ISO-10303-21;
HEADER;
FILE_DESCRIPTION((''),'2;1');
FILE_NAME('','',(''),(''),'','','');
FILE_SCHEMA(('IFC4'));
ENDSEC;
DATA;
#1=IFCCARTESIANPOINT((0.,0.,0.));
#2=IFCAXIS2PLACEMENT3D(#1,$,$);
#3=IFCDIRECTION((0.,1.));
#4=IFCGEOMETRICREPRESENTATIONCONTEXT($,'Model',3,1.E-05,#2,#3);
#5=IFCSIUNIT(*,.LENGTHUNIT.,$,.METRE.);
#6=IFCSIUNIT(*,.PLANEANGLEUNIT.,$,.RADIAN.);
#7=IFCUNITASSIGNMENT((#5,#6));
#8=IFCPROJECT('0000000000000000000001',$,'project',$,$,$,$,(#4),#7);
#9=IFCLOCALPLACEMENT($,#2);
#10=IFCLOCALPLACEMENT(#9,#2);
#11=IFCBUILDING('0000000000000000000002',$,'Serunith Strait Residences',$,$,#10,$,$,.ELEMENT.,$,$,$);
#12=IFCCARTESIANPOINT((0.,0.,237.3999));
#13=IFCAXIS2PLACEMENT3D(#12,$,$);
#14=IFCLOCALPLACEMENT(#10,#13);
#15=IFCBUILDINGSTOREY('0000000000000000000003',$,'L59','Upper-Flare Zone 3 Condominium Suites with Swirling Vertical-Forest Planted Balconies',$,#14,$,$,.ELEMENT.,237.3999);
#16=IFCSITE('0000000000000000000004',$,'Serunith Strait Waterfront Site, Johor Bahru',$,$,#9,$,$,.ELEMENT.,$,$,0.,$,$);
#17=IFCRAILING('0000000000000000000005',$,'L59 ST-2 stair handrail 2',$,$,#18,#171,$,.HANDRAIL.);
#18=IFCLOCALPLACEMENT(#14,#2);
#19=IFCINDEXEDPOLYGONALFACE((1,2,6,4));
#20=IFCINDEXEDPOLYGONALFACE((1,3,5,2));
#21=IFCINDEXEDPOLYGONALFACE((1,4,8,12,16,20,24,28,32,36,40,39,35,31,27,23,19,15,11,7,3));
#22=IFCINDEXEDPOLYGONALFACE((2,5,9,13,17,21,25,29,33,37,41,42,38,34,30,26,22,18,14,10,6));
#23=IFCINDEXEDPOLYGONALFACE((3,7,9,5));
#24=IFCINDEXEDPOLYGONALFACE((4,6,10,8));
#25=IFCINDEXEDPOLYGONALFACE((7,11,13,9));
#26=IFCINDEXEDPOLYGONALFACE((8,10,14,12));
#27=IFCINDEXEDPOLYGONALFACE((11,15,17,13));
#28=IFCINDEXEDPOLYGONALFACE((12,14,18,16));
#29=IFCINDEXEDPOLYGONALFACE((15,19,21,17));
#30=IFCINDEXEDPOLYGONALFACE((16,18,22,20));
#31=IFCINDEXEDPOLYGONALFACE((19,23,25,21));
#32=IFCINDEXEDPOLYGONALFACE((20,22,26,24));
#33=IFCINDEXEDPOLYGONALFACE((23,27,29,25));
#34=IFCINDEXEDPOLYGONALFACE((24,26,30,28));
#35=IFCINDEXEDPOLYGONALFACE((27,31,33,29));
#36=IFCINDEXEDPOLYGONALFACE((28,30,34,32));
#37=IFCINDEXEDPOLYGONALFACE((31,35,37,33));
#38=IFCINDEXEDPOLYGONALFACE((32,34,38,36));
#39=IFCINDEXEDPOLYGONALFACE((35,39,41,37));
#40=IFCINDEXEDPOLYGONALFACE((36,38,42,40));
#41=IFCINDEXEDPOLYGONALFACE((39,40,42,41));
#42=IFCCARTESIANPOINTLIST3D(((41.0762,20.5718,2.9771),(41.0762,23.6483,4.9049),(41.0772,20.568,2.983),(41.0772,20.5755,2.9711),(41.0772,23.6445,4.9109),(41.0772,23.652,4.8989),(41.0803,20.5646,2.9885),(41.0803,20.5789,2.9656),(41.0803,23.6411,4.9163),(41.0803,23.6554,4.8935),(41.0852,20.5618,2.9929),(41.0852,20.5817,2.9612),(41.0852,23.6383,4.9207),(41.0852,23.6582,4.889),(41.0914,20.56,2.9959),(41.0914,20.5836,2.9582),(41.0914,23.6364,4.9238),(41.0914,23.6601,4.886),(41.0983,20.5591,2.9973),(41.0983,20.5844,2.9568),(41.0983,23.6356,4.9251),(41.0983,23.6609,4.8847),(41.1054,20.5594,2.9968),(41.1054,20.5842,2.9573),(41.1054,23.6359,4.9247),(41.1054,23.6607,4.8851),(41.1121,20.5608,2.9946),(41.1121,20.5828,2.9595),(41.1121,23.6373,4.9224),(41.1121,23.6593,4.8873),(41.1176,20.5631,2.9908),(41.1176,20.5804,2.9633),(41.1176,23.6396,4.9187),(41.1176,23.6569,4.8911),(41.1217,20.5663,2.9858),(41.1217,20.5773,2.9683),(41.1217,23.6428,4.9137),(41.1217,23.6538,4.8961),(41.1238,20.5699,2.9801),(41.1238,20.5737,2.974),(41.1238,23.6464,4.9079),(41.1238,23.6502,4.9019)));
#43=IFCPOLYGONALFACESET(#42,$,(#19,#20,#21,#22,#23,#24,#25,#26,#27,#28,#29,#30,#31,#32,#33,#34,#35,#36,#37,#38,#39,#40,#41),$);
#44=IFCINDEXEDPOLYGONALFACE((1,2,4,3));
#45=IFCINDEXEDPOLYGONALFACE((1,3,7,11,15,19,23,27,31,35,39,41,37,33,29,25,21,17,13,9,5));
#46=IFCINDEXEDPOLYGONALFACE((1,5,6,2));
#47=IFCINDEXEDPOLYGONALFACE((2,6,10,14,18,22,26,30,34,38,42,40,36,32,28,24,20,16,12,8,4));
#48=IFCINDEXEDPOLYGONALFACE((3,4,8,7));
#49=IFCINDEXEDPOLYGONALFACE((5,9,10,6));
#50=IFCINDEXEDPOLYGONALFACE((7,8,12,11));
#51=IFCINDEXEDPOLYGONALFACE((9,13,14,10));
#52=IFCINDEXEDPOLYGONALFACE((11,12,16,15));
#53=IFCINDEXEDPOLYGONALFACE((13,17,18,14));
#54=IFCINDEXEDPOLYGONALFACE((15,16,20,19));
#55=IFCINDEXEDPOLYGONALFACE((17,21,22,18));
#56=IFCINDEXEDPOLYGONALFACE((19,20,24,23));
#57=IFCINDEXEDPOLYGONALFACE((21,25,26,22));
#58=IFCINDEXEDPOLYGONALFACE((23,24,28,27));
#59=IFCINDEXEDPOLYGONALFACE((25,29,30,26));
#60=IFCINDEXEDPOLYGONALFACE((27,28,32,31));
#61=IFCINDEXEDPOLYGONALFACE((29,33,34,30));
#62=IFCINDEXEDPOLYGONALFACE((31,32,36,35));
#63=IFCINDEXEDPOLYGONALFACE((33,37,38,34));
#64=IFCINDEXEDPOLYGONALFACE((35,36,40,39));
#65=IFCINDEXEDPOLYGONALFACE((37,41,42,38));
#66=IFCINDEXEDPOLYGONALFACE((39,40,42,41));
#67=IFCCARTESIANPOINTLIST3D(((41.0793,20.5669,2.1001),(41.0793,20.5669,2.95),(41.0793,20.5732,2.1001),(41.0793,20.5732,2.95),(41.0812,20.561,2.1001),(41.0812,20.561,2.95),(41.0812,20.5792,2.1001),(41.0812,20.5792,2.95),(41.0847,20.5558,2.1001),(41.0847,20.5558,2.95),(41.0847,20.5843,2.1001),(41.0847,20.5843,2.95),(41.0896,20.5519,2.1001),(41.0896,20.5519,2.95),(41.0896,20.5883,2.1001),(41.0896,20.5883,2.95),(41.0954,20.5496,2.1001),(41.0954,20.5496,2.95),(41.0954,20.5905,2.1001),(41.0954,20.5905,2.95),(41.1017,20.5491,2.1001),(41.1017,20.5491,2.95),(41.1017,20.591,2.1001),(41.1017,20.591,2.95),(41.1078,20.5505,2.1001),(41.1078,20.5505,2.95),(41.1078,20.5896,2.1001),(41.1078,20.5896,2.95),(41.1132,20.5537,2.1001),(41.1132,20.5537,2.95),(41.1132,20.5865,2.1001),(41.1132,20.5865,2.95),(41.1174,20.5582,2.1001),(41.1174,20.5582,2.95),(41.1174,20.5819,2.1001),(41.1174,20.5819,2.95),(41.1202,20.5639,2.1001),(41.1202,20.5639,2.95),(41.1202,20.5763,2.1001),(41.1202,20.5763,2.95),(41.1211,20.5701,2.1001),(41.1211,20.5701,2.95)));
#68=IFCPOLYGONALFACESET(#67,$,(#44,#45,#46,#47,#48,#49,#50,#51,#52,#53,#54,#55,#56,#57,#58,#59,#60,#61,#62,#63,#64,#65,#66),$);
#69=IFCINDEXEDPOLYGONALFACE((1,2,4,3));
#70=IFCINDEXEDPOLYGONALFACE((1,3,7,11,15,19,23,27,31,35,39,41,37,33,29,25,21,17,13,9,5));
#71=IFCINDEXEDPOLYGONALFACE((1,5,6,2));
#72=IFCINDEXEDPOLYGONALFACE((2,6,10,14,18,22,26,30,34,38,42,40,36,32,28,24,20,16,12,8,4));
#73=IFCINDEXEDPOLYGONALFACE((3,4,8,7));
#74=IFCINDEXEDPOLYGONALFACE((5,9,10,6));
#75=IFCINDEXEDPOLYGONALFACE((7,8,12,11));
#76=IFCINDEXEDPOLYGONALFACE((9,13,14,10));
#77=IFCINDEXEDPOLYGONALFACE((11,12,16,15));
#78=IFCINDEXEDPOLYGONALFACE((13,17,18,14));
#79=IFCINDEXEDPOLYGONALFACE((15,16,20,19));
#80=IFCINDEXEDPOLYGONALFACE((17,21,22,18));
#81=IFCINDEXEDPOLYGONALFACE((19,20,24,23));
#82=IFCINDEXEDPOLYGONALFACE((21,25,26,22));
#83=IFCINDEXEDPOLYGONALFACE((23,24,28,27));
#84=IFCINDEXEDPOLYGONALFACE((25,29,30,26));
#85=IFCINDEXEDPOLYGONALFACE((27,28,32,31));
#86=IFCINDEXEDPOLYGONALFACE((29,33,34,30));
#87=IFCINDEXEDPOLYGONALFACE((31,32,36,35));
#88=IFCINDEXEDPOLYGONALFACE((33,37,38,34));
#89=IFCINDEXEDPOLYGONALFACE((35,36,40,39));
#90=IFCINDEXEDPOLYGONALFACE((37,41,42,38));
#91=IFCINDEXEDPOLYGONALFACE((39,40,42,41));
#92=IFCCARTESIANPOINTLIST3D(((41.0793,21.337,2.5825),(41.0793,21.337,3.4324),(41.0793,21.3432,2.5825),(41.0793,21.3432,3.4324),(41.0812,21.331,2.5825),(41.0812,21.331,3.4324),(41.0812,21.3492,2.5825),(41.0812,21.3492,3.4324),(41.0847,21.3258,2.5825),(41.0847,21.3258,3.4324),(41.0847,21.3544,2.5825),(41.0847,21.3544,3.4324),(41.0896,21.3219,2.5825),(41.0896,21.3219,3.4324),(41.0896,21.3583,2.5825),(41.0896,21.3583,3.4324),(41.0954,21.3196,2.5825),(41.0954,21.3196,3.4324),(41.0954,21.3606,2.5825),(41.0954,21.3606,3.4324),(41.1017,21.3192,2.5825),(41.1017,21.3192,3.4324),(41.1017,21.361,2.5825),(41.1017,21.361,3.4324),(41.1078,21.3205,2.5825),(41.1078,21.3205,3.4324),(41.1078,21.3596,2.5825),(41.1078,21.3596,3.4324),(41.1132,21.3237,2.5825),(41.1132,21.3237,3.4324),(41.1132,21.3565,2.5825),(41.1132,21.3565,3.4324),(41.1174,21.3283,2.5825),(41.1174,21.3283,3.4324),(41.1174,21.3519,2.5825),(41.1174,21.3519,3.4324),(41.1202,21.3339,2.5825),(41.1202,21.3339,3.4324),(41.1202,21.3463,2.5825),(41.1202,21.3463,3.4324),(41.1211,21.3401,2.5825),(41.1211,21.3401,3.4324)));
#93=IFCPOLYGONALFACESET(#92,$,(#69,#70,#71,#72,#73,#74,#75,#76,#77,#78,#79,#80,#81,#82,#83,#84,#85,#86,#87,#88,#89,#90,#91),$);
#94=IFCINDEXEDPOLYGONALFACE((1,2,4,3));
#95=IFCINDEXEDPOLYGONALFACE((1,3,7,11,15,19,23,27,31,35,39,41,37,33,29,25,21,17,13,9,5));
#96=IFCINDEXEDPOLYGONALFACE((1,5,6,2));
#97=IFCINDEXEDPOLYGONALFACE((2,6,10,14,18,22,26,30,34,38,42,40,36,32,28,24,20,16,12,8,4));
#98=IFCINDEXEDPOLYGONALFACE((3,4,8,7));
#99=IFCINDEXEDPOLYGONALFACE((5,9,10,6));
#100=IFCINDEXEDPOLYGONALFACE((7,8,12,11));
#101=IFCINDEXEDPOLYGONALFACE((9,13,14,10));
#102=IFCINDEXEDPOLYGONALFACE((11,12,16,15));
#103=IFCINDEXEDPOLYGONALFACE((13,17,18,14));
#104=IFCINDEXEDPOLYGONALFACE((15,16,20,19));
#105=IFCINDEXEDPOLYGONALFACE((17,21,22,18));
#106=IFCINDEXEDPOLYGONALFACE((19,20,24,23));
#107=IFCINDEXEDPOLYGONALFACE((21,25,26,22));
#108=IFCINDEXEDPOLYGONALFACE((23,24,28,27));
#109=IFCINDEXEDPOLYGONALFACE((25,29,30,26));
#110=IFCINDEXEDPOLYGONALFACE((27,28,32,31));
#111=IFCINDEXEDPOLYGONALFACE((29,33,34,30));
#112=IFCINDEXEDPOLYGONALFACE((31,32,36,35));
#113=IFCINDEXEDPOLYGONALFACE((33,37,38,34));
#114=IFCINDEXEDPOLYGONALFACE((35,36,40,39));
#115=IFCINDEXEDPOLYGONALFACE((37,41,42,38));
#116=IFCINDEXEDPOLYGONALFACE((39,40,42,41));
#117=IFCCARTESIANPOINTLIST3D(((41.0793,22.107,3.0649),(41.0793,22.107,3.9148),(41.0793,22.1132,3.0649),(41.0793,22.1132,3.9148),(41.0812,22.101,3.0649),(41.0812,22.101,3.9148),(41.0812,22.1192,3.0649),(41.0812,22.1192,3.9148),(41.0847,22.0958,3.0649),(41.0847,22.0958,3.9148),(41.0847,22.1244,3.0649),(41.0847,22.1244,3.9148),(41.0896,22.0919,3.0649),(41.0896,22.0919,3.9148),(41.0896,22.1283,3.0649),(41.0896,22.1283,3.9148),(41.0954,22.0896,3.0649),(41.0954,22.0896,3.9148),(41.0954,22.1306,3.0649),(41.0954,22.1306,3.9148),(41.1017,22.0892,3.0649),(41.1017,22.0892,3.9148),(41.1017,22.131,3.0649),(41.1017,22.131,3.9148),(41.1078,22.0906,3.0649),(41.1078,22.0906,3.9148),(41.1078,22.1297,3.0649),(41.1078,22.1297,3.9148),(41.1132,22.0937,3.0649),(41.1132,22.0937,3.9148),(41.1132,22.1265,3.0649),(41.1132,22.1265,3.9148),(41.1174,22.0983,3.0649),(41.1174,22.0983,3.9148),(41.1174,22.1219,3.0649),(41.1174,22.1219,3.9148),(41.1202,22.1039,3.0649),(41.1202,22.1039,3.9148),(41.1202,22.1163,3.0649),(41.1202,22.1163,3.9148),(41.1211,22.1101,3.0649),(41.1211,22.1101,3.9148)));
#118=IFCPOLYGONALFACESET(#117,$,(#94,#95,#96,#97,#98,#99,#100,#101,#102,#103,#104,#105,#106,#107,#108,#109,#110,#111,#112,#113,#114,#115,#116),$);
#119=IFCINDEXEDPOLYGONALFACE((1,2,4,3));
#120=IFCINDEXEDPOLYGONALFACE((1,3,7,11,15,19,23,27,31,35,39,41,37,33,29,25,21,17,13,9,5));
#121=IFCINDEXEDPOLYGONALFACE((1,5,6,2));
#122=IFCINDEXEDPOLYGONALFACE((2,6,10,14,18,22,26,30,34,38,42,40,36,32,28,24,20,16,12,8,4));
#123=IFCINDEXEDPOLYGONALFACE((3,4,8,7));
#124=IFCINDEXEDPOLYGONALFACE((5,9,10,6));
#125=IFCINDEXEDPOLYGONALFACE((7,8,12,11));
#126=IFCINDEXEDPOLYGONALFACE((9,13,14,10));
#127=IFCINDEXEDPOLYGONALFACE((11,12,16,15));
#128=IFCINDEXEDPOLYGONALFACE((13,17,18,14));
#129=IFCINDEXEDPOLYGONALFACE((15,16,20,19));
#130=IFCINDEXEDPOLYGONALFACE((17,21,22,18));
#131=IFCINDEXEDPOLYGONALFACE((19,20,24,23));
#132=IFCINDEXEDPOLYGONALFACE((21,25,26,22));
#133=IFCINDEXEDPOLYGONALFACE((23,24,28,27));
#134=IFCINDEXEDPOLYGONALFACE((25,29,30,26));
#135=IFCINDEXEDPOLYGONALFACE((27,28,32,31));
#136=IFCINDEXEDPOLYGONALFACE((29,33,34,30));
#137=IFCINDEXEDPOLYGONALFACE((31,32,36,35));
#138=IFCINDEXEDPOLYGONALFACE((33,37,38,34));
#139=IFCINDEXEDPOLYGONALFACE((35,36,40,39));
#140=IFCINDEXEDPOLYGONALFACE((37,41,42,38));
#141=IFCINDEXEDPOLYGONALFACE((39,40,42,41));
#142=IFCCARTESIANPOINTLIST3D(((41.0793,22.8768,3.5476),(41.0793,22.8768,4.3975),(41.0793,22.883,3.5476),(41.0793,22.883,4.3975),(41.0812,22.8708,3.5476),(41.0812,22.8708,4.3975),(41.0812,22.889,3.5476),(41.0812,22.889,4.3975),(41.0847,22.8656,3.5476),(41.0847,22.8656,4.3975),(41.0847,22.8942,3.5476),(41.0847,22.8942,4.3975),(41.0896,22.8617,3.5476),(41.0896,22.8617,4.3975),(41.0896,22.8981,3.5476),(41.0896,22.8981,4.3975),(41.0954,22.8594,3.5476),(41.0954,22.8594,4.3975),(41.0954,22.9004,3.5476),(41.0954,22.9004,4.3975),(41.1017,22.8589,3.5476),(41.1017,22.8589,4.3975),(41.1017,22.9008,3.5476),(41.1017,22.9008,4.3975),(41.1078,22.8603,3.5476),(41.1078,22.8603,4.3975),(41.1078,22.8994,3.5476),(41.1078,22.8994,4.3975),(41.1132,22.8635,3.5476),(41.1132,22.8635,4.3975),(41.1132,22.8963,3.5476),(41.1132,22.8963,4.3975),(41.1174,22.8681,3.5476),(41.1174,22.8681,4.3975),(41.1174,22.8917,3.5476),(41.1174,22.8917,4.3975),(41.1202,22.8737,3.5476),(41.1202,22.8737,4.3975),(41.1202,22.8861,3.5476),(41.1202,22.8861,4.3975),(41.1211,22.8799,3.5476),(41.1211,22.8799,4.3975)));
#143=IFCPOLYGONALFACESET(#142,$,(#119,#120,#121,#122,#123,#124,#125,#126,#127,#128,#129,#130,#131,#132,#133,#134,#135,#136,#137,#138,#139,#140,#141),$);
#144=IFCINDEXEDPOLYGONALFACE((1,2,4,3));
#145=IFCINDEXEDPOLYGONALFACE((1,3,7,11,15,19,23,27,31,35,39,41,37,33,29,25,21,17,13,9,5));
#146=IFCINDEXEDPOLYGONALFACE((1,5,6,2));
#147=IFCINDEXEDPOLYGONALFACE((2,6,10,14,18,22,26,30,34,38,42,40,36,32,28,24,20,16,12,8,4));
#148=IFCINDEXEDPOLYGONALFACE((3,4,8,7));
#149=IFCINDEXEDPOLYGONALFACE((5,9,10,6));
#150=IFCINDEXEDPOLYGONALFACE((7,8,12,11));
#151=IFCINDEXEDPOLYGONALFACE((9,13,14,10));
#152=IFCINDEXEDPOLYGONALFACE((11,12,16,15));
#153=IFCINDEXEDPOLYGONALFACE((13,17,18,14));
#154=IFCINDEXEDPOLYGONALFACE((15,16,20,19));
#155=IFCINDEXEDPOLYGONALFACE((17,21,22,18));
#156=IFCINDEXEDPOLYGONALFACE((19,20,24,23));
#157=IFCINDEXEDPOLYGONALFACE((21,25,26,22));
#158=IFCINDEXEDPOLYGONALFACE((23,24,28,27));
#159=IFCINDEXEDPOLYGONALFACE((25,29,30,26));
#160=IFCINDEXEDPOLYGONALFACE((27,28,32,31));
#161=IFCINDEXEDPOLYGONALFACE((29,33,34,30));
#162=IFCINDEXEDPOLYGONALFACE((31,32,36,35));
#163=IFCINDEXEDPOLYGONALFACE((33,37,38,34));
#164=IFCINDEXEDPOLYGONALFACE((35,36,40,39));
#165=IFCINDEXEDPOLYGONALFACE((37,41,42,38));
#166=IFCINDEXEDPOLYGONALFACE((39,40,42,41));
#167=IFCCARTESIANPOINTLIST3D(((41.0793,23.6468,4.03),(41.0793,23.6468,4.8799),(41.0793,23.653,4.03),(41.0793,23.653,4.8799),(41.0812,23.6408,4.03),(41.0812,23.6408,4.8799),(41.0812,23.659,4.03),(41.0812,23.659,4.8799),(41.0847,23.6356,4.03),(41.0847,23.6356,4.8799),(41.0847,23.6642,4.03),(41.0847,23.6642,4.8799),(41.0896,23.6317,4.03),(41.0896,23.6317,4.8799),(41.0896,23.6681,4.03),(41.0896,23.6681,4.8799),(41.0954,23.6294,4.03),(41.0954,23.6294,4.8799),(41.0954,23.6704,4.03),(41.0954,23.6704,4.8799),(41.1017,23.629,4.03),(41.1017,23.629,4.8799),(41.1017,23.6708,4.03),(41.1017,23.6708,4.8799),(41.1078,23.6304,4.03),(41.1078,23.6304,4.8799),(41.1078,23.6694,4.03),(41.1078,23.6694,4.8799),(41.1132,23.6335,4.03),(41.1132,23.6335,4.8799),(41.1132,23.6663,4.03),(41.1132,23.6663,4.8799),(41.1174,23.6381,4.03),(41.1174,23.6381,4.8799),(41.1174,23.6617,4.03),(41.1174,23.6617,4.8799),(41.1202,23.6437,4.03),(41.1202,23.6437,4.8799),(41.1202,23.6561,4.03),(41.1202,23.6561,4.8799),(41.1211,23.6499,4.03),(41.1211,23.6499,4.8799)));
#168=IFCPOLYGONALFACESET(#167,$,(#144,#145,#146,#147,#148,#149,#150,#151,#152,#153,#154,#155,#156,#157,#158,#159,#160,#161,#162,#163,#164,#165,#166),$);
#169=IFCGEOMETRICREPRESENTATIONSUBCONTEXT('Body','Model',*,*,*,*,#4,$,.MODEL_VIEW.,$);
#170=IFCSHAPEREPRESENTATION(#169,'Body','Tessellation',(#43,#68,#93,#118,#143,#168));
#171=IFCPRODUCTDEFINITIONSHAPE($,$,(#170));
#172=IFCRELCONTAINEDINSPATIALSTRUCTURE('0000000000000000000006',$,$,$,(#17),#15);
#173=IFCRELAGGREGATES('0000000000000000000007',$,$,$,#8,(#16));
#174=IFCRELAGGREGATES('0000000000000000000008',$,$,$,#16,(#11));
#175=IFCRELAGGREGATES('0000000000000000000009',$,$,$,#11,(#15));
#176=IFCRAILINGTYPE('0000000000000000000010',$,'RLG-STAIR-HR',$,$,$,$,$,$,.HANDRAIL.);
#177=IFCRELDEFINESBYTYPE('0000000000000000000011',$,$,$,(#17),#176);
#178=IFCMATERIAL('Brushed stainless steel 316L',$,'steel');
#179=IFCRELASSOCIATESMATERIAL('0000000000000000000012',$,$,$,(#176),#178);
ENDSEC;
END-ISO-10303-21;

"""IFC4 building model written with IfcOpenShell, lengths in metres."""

from ifc_helpers import new_model, si_unit, direction, frame, origin, origin_2d, place, context, subcontext, project, spatial, circle, extrude, material, type_object, element, save


model = new_model("IFC4")

# Units and contexts
model_context = context("Model", 3, precision=1e-05, world=origin(), true_north=direction((0.0, 1.0)))
body_context = subcontext(model_context, "Body", "Model", "MODEL_VIEW")
ifc_project = project(units=[si_unit("LENGTHUNIT", "METRE"), si_unit("PLANEANGLEUNIT", "RADIAN")], contexts=[model_context])

# Site, building, storey
site_placement = place(None, origin())
site = spatial("IfcSite", under=ifc_project, at=site_placement, Name="Serunith Strait Waterfront Site, Johor Bahru", CompositionType="ELEMENT", RefElevation=0.0)
building_placement = place(site_placement, origin())
building = spatial("IfcBuilding", under=site, at=building_placement, Name="Serunith Strait Residences", CompositionType="ELEMENT")
storey_placement = place(building_placement, frame((0.0, 0.0, 237.3999)))
storey = spatial("IfcBuildingStorey", under=building, at=storey_placement, Name="L59", Description="Upper-Flare Zone 3 Condominium Suites with Swirling Vertical-Forest Planted Balconies", CompositionType="ELEMENT", Elevation=237.3999)

# Railing
ifc_material_1 = material(Name="Brushed stainless steel 316L", Category="steel")
railing_type_1 = type_object("IfcRailingType", Name="RLG-STAIR-HR", PredefinedType="HANDRAIL", material=ifc_material_1)
railing_1_placement = place(storey_placement, frame((41.1001, 20.5701, 2.1001)))
element("IfcRailing", 1, at=railing_1_placement, inside=storey, type_object=railing_type_1, Name="L59 ST-2 stair handrail 2", PredefinedType="HANDRAIL", context=body_context, shape_type="SweptSolid", body=[
    extrude(circle(Radius=0.0239, at=origin_2d()), frame((0.0, 0.0017, 0.877), z_axis=(0.0, 0.847375, 0.530995), x_axis=(-1.0, 0.0, 0.0)), (0.0, 0.0, 1.0), 3.6306),
    extrude(circle(Radius=0.021, at=origin_2d()), origin(), (0.0, 0.0, 1.0), 0.8499),
    extrude(circle(Radius=0.021, at=origin_2d()), frame((0.0, 0.77, 0.4824)), (0.0, 0.0, 1.0), 0.8499),
    extrude(circle(Radius=0.021, at=origin_2d()), frame((0.0, 1.54, 0.9648)), (0.0, 0.0, 1.0), 0.8499),
    extrude(circle(Radius=0.021, at=origin_2d()), frame((0.0, 2.3098, 1.4475)), (0.0, 0.0, 1.0), 0.8499),
    extrude(circle(Radius=0.021, at=origin_2d()), frame((0.0, 3.0798, 1.9299)), (0.0, 0.0, 1.0), 0.8499),
])

save(model, "model.ifc")
